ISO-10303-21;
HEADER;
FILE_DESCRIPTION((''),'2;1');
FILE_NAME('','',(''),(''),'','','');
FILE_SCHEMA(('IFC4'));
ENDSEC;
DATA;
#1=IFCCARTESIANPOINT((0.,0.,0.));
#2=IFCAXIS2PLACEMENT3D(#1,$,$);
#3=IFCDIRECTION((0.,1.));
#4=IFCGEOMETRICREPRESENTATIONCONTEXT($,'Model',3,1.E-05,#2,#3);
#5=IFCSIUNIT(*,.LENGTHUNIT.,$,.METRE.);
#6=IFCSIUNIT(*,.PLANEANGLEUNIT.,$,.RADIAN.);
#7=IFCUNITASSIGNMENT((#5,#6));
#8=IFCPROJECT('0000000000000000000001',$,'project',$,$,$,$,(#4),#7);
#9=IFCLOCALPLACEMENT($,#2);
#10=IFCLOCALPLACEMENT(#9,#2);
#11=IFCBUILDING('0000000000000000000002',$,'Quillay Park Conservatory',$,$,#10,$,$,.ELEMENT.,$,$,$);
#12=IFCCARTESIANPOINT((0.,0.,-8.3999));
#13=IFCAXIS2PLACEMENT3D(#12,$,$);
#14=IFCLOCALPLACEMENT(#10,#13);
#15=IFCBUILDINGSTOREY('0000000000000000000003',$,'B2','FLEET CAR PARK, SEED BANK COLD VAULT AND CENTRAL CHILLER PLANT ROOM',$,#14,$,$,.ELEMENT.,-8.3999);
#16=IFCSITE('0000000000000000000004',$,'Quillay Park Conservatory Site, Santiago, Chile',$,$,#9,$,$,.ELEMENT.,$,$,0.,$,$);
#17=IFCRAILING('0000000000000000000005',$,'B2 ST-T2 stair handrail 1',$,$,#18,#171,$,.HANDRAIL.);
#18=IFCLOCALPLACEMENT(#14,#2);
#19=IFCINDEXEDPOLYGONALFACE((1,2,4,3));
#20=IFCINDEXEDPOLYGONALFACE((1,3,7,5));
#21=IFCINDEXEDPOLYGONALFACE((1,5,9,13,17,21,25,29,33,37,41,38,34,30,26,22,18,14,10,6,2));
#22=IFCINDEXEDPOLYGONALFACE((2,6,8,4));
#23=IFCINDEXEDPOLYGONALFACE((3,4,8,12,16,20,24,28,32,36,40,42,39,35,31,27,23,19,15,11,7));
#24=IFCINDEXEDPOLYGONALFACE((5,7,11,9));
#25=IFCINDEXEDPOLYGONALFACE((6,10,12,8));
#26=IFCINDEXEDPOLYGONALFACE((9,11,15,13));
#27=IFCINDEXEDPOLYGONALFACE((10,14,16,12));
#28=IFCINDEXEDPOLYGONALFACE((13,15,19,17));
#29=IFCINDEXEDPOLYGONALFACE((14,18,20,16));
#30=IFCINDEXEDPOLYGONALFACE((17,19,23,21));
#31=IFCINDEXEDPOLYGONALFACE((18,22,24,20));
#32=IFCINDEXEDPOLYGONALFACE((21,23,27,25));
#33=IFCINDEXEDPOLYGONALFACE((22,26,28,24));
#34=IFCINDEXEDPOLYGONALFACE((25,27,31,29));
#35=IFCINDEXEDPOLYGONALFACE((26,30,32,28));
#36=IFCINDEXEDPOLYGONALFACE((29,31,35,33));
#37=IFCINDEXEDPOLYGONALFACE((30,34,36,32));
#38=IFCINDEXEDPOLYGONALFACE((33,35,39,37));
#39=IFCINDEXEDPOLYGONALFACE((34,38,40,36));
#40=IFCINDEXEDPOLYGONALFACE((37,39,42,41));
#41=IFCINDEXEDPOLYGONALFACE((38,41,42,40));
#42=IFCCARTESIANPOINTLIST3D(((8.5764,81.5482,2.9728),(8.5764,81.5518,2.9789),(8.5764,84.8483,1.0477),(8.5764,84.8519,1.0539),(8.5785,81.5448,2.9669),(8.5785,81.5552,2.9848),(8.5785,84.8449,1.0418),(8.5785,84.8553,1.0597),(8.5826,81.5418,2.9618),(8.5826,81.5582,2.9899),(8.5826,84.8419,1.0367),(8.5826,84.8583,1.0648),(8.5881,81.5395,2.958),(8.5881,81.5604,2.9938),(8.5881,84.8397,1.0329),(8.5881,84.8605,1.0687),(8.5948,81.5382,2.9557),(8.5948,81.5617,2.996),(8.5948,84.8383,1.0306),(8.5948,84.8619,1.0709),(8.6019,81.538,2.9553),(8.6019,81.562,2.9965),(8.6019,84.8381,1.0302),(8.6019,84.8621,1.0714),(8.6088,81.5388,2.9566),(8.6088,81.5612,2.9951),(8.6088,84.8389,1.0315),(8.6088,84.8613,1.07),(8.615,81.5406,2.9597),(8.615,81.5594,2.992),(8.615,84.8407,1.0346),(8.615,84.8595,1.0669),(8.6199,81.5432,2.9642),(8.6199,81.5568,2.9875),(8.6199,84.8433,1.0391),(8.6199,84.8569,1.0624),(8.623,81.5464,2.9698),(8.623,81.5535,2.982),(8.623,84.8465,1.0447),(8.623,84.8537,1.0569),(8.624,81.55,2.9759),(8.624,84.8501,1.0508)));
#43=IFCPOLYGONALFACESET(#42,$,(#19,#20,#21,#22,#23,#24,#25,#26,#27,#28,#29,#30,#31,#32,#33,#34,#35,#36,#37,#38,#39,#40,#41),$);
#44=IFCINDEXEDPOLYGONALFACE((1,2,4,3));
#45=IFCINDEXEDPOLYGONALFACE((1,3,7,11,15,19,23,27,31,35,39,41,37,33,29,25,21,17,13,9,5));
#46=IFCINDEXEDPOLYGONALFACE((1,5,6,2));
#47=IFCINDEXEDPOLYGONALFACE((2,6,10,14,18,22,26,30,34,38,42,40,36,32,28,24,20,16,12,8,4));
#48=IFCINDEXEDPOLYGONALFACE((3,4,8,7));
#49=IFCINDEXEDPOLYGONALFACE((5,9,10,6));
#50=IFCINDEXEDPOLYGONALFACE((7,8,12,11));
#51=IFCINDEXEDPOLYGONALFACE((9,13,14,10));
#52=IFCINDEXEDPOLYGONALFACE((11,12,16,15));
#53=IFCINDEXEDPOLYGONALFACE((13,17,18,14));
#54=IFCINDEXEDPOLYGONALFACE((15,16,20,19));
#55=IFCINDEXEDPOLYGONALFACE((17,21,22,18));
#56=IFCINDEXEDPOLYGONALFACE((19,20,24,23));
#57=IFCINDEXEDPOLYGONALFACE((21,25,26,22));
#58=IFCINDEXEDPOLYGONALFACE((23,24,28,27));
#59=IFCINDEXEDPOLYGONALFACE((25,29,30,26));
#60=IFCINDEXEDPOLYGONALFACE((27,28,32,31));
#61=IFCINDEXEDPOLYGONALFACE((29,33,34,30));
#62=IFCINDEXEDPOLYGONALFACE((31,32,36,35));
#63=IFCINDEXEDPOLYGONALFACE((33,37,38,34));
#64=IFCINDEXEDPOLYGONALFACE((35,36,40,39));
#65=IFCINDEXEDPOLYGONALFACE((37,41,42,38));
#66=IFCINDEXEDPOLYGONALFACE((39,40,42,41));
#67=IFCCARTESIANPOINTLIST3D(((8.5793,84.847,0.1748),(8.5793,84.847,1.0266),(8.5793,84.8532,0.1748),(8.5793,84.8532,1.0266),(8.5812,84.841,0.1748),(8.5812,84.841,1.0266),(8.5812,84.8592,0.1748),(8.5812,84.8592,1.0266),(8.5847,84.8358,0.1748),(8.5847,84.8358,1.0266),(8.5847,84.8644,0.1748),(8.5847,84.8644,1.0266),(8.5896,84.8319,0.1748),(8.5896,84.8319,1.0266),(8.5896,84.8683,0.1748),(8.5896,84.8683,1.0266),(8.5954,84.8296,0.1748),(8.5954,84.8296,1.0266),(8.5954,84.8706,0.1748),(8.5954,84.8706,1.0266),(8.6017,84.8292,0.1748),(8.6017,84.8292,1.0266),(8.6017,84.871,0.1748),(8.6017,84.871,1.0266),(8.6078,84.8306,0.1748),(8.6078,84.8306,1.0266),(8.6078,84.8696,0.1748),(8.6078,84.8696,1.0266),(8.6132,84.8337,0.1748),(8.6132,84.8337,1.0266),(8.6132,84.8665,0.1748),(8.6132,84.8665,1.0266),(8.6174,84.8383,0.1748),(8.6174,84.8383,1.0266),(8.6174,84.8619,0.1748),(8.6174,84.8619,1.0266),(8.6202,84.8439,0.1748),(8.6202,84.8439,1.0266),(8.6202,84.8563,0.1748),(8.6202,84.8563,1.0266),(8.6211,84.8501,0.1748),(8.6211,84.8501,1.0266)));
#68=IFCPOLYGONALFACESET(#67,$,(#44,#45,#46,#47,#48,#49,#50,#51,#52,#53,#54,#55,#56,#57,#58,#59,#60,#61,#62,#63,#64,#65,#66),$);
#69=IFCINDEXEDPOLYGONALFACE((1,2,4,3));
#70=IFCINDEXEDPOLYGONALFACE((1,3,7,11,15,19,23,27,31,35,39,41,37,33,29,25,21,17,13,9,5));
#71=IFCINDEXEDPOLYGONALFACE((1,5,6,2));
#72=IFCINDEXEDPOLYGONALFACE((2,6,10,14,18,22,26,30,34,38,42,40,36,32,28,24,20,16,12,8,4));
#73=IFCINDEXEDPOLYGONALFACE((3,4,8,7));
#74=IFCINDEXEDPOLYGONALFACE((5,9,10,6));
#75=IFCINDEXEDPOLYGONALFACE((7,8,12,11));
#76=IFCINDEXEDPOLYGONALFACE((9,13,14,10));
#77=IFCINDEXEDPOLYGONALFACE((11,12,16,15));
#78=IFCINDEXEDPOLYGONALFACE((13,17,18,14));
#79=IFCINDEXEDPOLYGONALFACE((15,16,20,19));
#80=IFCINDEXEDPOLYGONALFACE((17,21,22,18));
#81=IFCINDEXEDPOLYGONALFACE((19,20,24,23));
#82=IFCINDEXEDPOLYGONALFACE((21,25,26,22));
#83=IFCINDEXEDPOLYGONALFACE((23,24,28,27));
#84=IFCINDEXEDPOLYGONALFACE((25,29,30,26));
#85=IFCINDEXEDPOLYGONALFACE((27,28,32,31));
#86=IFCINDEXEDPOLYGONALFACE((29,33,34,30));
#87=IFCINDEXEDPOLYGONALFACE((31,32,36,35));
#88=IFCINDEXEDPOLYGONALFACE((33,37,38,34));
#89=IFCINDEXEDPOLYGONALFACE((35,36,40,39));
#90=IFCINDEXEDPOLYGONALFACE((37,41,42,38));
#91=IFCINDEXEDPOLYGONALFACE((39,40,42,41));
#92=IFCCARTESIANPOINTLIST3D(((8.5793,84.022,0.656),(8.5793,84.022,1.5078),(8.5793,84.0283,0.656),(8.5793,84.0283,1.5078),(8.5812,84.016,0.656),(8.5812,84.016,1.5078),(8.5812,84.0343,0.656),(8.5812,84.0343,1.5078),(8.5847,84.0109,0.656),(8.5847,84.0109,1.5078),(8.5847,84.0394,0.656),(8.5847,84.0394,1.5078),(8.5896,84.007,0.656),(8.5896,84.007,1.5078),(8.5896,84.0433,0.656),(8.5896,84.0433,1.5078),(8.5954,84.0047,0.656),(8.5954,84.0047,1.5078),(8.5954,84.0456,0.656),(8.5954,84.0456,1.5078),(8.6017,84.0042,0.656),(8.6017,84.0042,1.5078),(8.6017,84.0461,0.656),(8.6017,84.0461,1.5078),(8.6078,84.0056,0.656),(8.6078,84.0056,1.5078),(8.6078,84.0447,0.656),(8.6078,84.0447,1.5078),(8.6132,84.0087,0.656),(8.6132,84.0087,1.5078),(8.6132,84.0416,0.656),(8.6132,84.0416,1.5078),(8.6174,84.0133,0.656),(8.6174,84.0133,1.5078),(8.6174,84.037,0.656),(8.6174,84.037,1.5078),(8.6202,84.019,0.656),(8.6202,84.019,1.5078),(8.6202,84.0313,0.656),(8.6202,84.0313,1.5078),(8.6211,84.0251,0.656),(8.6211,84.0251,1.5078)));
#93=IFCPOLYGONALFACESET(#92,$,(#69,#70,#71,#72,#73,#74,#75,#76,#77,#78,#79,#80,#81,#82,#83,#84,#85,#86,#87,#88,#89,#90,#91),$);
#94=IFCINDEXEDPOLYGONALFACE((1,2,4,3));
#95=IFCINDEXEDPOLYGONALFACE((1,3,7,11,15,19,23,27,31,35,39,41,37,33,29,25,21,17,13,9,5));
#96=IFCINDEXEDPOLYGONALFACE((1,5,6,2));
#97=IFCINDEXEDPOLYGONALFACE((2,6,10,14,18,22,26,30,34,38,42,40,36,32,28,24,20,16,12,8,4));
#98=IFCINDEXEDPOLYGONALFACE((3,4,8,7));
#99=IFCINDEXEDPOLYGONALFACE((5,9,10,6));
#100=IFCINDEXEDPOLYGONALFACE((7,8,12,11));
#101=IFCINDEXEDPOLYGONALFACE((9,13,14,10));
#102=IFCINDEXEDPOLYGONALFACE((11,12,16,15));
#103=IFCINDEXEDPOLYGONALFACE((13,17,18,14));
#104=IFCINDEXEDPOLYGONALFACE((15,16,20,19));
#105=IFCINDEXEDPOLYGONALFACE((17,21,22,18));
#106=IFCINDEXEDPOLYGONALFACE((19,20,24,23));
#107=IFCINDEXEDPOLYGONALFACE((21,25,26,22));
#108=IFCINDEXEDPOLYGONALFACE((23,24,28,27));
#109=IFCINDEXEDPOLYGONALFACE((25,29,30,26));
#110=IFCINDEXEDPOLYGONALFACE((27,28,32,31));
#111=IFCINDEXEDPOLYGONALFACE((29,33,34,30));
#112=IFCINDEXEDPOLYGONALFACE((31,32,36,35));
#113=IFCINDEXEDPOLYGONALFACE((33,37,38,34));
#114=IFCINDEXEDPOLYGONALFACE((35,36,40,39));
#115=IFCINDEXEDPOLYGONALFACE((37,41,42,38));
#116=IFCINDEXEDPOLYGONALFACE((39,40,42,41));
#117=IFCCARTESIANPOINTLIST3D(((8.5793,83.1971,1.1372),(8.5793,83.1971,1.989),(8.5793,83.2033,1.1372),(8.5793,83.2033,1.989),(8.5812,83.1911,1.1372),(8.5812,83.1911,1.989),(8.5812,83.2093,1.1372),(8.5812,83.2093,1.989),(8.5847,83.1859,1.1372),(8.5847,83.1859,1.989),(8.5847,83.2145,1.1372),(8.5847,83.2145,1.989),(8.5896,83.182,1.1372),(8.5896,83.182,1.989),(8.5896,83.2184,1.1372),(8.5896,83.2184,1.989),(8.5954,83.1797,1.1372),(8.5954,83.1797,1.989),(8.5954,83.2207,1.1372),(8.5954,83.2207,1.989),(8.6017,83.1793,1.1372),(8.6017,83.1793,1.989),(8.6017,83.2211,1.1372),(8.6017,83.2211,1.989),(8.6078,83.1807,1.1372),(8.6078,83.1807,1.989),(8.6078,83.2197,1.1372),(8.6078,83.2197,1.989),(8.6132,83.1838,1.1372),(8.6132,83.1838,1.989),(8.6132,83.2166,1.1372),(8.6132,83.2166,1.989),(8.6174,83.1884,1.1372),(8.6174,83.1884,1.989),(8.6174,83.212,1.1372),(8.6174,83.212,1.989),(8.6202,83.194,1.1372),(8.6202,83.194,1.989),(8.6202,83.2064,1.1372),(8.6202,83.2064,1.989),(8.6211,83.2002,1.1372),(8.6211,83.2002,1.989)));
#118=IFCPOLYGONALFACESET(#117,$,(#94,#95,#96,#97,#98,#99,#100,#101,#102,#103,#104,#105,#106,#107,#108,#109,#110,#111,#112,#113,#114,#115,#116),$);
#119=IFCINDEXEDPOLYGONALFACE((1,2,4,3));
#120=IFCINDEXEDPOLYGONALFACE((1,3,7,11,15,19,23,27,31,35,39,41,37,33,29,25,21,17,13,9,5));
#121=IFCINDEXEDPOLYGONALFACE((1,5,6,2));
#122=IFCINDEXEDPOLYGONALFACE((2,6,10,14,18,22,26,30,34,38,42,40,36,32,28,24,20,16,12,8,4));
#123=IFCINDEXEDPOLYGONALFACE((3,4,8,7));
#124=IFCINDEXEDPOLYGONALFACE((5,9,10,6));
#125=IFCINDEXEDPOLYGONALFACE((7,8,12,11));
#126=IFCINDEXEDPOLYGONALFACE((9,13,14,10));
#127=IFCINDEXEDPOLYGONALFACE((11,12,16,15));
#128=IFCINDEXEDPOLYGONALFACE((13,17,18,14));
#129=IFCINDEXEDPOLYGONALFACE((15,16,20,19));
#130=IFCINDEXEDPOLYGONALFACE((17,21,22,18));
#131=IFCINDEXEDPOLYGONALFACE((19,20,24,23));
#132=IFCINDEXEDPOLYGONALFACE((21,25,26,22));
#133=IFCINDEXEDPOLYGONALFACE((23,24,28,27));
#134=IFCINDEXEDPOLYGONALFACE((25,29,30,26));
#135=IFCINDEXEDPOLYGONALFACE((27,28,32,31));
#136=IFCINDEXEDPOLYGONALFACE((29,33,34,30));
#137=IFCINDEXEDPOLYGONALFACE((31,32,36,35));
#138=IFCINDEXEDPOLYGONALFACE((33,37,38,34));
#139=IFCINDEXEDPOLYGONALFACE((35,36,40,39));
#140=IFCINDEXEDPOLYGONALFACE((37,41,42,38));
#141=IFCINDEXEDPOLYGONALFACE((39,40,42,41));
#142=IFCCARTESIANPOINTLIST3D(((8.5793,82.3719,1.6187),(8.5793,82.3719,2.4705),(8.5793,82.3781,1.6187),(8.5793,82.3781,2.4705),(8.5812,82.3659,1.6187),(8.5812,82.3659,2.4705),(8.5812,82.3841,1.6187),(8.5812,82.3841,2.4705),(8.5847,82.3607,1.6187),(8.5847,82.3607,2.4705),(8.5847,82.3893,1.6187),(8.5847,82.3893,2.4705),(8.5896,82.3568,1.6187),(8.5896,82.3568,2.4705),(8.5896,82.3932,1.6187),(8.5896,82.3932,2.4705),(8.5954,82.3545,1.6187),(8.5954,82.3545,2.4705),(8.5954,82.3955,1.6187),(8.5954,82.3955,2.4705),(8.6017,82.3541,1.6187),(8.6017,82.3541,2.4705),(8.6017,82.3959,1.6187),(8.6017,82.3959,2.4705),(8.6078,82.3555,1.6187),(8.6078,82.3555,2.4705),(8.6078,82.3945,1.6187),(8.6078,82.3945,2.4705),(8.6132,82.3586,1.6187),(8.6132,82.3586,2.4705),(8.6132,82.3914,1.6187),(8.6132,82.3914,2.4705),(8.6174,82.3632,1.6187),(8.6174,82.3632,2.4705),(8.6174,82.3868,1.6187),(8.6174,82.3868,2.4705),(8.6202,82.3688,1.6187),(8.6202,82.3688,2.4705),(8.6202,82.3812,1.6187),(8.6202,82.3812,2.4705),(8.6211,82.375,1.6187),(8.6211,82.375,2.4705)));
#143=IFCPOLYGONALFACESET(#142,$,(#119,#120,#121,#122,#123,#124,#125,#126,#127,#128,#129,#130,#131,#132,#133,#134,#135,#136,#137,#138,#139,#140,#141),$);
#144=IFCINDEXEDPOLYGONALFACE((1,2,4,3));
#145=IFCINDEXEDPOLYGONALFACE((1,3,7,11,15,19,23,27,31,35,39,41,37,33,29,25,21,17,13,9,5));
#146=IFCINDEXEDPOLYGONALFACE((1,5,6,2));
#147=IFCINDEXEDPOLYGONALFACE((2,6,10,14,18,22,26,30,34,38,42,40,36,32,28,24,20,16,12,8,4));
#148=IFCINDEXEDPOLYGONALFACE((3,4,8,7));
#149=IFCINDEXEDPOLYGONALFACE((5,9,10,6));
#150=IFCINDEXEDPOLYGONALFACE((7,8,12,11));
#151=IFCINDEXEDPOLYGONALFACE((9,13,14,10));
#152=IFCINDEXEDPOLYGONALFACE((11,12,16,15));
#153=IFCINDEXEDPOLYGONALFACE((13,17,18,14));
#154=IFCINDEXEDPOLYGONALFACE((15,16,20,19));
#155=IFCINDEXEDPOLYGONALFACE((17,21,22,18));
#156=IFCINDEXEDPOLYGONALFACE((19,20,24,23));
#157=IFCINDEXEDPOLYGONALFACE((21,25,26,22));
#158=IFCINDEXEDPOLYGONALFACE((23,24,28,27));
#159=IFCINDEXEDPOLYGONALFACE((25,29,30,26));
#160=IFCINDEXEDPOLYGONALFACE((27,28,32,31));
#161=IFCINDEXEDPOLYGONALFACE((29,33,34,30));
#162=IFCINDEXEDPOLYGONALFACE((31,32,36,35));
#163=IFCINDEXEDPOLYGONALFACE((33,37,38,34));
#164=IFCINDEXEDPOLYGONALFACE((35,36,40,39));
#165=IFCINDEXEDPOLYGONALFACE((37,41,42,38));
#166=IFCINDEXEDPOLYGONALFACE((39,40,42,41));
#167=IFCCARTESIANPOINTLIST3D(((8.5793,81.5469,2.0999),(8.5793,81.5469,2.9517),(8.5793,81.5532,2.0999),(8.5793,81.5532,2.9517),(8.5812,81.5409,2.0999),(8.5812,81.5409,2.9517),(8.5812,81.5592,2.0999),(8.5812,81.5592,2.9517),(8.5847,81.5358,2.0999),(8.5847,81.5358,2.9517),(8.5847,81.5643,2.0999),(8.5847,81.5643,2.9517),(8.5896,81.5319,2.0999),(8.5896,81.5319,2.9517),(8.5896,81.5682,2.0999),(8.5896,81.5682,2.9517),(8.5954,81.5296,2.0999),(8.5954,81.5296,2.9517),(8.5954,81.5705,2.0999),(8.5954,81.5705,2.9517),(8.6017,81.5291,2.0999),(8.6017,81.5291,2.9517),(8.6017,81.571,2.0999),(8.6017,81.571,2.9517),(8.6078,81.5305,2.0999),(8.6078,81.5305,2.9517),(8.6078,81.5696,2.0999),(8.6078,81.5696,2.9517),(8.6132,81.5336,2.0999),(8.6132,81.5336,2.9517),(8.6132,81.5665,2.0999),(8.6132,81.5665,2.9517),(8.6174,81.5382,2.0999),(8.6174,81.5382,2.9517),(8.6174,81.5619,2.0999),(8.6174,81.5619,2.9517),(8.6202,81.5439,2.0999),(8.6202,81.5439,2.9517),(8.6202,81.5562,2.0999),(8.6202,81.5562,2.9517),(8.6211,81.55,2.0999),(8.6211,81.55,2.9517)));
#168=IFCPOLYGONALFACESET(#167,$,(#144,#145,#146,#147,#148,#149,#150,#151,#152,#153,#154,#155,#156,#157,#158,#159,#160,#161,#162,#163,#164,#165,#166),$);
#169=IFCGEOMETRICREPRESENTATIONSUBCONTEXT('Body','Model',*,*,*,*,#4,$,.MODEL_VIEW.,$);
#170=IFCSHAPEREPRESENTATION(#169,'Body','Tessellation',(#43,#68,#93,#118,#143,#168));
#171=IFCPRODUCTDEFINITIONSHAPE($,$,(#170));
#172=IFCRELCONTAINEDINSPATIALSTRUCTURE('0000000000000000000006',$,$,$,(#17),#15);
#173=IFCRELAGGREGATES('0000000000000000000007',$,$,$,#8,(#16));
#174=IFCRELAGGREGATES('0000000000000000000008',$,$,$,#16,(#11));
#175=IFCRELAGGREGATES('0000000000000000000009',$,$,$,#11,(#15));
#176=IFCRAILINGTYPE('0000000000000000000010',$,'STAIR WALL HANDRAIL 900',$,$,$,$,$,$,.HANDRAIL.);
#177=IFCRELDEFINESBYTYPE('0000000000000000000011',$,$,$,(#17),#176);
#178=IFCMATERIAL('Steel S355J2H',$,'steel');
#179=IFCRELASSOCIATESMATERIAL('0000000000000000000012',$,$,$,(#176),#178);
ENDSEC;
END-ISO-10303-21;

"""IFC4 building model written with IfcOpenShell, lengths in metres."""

from ifc_helpers import new_model, si_unit, direction, frame, origin, origin_2d, place, context, subcontext, project, spatial, circle, extrude, material, type_object, element, save


model = new_model("IFC4")

# Units and contexts
model_context = context("Model", 3, precision=1e-05, world=origin(), true_north=direction((0.0, 1.0)))
body_context = subcontext(model_context, "Body", "Model", "MODEL_VIEW")
ifc_project = project(units=[si_unit("LENGTHUNIT", "METRE"), si_unit("PLANEANGLEUNIT", "RADIAN")], contexts=[model_context])

# Site, building, storey
site_placement = place(None, origin())
site = spatial("IfcSite", under=ifc_project, at=site_placement, Name="Quillay Park Conservatory Site, Santiago, Chile", CompositionType="ELEMENT", RefElevation=0.0)
building_placement = place(site_placement, origin())
building = spatial("IfcBuilding", under=site, at=building_placement, Name="Quillay Park Conservatory", CompositionType="ELEMENT")
storey_placement = place(building_placement, frame((0.0, 0.0, -8.3999)))
storey = spatial("IfcBuildingStorey", under=building, at=storey_placement, Name="B2", Description="FLEET CAR PARK, SEED BANK COLD VAULT AND CENTRAL CHILLER PLANT ROOM", CompositionType="ELEMENT", Elevation=-8.3999)

# Railing
ifc_material_1 = material(Name="Steel S355J2H", Category="steel")
railing_type_1 = type_object("IfcRailingType", Name="STAIR WALL HANDRAIL 900", PredefinedType="HANDRAIL", material=ifc_material_1)
railing_1_placement = place(storey_placement, frame((8.6001, 84.8501, 0.1748)))
element("IfcRailing", 1, at=railing_1_placement, inside=storey, type_object=railing_type_1, Name="B2 ST-T2 stair handrail 1", PredefinedType="HANDRAIL", context=body_context, shape_type="SweptSolid", body=[
    extrude(circle(Radius=0.0239, at=origin_2d()), frame((0.0, 0.0, 0.876), z_axis=(0.0, -0.863777, 0.503875), x_axis=(1.0, 0.0, 0.0)), (0.0, 0.0, 1.0), 3.8206),
    extrude(circle(Radius=0.021, at=origin_2d()), origin(), (0.0, 0.0, 1.0), 0.8518),
    extrude(circle(Radius=0.021, at=origin_2d()), frame((0.0, -0.825, 0.4812)), (0.0, 0.0, 1.0), 0.8518),
    extrude(circle(Radius=0.021, at=origin_2d()), frame((0.0, -1.6499, 0.9624)), (0.0, 0.0, 1.0), 0.8518),
    extrude(circle(Radius=0.021, at=origin_2d()), frame((0.0, -2.4751, 1.4438)), (0.0, 0.0, 1.0), 0.8518),
    extrude(circle(Radius=0.021, at=origin_2d()), frame((0.0, -3.3, 1.925)), (0.0, 0.0, 1.0), 0.8518),
])

save(model, "model.ifc")
